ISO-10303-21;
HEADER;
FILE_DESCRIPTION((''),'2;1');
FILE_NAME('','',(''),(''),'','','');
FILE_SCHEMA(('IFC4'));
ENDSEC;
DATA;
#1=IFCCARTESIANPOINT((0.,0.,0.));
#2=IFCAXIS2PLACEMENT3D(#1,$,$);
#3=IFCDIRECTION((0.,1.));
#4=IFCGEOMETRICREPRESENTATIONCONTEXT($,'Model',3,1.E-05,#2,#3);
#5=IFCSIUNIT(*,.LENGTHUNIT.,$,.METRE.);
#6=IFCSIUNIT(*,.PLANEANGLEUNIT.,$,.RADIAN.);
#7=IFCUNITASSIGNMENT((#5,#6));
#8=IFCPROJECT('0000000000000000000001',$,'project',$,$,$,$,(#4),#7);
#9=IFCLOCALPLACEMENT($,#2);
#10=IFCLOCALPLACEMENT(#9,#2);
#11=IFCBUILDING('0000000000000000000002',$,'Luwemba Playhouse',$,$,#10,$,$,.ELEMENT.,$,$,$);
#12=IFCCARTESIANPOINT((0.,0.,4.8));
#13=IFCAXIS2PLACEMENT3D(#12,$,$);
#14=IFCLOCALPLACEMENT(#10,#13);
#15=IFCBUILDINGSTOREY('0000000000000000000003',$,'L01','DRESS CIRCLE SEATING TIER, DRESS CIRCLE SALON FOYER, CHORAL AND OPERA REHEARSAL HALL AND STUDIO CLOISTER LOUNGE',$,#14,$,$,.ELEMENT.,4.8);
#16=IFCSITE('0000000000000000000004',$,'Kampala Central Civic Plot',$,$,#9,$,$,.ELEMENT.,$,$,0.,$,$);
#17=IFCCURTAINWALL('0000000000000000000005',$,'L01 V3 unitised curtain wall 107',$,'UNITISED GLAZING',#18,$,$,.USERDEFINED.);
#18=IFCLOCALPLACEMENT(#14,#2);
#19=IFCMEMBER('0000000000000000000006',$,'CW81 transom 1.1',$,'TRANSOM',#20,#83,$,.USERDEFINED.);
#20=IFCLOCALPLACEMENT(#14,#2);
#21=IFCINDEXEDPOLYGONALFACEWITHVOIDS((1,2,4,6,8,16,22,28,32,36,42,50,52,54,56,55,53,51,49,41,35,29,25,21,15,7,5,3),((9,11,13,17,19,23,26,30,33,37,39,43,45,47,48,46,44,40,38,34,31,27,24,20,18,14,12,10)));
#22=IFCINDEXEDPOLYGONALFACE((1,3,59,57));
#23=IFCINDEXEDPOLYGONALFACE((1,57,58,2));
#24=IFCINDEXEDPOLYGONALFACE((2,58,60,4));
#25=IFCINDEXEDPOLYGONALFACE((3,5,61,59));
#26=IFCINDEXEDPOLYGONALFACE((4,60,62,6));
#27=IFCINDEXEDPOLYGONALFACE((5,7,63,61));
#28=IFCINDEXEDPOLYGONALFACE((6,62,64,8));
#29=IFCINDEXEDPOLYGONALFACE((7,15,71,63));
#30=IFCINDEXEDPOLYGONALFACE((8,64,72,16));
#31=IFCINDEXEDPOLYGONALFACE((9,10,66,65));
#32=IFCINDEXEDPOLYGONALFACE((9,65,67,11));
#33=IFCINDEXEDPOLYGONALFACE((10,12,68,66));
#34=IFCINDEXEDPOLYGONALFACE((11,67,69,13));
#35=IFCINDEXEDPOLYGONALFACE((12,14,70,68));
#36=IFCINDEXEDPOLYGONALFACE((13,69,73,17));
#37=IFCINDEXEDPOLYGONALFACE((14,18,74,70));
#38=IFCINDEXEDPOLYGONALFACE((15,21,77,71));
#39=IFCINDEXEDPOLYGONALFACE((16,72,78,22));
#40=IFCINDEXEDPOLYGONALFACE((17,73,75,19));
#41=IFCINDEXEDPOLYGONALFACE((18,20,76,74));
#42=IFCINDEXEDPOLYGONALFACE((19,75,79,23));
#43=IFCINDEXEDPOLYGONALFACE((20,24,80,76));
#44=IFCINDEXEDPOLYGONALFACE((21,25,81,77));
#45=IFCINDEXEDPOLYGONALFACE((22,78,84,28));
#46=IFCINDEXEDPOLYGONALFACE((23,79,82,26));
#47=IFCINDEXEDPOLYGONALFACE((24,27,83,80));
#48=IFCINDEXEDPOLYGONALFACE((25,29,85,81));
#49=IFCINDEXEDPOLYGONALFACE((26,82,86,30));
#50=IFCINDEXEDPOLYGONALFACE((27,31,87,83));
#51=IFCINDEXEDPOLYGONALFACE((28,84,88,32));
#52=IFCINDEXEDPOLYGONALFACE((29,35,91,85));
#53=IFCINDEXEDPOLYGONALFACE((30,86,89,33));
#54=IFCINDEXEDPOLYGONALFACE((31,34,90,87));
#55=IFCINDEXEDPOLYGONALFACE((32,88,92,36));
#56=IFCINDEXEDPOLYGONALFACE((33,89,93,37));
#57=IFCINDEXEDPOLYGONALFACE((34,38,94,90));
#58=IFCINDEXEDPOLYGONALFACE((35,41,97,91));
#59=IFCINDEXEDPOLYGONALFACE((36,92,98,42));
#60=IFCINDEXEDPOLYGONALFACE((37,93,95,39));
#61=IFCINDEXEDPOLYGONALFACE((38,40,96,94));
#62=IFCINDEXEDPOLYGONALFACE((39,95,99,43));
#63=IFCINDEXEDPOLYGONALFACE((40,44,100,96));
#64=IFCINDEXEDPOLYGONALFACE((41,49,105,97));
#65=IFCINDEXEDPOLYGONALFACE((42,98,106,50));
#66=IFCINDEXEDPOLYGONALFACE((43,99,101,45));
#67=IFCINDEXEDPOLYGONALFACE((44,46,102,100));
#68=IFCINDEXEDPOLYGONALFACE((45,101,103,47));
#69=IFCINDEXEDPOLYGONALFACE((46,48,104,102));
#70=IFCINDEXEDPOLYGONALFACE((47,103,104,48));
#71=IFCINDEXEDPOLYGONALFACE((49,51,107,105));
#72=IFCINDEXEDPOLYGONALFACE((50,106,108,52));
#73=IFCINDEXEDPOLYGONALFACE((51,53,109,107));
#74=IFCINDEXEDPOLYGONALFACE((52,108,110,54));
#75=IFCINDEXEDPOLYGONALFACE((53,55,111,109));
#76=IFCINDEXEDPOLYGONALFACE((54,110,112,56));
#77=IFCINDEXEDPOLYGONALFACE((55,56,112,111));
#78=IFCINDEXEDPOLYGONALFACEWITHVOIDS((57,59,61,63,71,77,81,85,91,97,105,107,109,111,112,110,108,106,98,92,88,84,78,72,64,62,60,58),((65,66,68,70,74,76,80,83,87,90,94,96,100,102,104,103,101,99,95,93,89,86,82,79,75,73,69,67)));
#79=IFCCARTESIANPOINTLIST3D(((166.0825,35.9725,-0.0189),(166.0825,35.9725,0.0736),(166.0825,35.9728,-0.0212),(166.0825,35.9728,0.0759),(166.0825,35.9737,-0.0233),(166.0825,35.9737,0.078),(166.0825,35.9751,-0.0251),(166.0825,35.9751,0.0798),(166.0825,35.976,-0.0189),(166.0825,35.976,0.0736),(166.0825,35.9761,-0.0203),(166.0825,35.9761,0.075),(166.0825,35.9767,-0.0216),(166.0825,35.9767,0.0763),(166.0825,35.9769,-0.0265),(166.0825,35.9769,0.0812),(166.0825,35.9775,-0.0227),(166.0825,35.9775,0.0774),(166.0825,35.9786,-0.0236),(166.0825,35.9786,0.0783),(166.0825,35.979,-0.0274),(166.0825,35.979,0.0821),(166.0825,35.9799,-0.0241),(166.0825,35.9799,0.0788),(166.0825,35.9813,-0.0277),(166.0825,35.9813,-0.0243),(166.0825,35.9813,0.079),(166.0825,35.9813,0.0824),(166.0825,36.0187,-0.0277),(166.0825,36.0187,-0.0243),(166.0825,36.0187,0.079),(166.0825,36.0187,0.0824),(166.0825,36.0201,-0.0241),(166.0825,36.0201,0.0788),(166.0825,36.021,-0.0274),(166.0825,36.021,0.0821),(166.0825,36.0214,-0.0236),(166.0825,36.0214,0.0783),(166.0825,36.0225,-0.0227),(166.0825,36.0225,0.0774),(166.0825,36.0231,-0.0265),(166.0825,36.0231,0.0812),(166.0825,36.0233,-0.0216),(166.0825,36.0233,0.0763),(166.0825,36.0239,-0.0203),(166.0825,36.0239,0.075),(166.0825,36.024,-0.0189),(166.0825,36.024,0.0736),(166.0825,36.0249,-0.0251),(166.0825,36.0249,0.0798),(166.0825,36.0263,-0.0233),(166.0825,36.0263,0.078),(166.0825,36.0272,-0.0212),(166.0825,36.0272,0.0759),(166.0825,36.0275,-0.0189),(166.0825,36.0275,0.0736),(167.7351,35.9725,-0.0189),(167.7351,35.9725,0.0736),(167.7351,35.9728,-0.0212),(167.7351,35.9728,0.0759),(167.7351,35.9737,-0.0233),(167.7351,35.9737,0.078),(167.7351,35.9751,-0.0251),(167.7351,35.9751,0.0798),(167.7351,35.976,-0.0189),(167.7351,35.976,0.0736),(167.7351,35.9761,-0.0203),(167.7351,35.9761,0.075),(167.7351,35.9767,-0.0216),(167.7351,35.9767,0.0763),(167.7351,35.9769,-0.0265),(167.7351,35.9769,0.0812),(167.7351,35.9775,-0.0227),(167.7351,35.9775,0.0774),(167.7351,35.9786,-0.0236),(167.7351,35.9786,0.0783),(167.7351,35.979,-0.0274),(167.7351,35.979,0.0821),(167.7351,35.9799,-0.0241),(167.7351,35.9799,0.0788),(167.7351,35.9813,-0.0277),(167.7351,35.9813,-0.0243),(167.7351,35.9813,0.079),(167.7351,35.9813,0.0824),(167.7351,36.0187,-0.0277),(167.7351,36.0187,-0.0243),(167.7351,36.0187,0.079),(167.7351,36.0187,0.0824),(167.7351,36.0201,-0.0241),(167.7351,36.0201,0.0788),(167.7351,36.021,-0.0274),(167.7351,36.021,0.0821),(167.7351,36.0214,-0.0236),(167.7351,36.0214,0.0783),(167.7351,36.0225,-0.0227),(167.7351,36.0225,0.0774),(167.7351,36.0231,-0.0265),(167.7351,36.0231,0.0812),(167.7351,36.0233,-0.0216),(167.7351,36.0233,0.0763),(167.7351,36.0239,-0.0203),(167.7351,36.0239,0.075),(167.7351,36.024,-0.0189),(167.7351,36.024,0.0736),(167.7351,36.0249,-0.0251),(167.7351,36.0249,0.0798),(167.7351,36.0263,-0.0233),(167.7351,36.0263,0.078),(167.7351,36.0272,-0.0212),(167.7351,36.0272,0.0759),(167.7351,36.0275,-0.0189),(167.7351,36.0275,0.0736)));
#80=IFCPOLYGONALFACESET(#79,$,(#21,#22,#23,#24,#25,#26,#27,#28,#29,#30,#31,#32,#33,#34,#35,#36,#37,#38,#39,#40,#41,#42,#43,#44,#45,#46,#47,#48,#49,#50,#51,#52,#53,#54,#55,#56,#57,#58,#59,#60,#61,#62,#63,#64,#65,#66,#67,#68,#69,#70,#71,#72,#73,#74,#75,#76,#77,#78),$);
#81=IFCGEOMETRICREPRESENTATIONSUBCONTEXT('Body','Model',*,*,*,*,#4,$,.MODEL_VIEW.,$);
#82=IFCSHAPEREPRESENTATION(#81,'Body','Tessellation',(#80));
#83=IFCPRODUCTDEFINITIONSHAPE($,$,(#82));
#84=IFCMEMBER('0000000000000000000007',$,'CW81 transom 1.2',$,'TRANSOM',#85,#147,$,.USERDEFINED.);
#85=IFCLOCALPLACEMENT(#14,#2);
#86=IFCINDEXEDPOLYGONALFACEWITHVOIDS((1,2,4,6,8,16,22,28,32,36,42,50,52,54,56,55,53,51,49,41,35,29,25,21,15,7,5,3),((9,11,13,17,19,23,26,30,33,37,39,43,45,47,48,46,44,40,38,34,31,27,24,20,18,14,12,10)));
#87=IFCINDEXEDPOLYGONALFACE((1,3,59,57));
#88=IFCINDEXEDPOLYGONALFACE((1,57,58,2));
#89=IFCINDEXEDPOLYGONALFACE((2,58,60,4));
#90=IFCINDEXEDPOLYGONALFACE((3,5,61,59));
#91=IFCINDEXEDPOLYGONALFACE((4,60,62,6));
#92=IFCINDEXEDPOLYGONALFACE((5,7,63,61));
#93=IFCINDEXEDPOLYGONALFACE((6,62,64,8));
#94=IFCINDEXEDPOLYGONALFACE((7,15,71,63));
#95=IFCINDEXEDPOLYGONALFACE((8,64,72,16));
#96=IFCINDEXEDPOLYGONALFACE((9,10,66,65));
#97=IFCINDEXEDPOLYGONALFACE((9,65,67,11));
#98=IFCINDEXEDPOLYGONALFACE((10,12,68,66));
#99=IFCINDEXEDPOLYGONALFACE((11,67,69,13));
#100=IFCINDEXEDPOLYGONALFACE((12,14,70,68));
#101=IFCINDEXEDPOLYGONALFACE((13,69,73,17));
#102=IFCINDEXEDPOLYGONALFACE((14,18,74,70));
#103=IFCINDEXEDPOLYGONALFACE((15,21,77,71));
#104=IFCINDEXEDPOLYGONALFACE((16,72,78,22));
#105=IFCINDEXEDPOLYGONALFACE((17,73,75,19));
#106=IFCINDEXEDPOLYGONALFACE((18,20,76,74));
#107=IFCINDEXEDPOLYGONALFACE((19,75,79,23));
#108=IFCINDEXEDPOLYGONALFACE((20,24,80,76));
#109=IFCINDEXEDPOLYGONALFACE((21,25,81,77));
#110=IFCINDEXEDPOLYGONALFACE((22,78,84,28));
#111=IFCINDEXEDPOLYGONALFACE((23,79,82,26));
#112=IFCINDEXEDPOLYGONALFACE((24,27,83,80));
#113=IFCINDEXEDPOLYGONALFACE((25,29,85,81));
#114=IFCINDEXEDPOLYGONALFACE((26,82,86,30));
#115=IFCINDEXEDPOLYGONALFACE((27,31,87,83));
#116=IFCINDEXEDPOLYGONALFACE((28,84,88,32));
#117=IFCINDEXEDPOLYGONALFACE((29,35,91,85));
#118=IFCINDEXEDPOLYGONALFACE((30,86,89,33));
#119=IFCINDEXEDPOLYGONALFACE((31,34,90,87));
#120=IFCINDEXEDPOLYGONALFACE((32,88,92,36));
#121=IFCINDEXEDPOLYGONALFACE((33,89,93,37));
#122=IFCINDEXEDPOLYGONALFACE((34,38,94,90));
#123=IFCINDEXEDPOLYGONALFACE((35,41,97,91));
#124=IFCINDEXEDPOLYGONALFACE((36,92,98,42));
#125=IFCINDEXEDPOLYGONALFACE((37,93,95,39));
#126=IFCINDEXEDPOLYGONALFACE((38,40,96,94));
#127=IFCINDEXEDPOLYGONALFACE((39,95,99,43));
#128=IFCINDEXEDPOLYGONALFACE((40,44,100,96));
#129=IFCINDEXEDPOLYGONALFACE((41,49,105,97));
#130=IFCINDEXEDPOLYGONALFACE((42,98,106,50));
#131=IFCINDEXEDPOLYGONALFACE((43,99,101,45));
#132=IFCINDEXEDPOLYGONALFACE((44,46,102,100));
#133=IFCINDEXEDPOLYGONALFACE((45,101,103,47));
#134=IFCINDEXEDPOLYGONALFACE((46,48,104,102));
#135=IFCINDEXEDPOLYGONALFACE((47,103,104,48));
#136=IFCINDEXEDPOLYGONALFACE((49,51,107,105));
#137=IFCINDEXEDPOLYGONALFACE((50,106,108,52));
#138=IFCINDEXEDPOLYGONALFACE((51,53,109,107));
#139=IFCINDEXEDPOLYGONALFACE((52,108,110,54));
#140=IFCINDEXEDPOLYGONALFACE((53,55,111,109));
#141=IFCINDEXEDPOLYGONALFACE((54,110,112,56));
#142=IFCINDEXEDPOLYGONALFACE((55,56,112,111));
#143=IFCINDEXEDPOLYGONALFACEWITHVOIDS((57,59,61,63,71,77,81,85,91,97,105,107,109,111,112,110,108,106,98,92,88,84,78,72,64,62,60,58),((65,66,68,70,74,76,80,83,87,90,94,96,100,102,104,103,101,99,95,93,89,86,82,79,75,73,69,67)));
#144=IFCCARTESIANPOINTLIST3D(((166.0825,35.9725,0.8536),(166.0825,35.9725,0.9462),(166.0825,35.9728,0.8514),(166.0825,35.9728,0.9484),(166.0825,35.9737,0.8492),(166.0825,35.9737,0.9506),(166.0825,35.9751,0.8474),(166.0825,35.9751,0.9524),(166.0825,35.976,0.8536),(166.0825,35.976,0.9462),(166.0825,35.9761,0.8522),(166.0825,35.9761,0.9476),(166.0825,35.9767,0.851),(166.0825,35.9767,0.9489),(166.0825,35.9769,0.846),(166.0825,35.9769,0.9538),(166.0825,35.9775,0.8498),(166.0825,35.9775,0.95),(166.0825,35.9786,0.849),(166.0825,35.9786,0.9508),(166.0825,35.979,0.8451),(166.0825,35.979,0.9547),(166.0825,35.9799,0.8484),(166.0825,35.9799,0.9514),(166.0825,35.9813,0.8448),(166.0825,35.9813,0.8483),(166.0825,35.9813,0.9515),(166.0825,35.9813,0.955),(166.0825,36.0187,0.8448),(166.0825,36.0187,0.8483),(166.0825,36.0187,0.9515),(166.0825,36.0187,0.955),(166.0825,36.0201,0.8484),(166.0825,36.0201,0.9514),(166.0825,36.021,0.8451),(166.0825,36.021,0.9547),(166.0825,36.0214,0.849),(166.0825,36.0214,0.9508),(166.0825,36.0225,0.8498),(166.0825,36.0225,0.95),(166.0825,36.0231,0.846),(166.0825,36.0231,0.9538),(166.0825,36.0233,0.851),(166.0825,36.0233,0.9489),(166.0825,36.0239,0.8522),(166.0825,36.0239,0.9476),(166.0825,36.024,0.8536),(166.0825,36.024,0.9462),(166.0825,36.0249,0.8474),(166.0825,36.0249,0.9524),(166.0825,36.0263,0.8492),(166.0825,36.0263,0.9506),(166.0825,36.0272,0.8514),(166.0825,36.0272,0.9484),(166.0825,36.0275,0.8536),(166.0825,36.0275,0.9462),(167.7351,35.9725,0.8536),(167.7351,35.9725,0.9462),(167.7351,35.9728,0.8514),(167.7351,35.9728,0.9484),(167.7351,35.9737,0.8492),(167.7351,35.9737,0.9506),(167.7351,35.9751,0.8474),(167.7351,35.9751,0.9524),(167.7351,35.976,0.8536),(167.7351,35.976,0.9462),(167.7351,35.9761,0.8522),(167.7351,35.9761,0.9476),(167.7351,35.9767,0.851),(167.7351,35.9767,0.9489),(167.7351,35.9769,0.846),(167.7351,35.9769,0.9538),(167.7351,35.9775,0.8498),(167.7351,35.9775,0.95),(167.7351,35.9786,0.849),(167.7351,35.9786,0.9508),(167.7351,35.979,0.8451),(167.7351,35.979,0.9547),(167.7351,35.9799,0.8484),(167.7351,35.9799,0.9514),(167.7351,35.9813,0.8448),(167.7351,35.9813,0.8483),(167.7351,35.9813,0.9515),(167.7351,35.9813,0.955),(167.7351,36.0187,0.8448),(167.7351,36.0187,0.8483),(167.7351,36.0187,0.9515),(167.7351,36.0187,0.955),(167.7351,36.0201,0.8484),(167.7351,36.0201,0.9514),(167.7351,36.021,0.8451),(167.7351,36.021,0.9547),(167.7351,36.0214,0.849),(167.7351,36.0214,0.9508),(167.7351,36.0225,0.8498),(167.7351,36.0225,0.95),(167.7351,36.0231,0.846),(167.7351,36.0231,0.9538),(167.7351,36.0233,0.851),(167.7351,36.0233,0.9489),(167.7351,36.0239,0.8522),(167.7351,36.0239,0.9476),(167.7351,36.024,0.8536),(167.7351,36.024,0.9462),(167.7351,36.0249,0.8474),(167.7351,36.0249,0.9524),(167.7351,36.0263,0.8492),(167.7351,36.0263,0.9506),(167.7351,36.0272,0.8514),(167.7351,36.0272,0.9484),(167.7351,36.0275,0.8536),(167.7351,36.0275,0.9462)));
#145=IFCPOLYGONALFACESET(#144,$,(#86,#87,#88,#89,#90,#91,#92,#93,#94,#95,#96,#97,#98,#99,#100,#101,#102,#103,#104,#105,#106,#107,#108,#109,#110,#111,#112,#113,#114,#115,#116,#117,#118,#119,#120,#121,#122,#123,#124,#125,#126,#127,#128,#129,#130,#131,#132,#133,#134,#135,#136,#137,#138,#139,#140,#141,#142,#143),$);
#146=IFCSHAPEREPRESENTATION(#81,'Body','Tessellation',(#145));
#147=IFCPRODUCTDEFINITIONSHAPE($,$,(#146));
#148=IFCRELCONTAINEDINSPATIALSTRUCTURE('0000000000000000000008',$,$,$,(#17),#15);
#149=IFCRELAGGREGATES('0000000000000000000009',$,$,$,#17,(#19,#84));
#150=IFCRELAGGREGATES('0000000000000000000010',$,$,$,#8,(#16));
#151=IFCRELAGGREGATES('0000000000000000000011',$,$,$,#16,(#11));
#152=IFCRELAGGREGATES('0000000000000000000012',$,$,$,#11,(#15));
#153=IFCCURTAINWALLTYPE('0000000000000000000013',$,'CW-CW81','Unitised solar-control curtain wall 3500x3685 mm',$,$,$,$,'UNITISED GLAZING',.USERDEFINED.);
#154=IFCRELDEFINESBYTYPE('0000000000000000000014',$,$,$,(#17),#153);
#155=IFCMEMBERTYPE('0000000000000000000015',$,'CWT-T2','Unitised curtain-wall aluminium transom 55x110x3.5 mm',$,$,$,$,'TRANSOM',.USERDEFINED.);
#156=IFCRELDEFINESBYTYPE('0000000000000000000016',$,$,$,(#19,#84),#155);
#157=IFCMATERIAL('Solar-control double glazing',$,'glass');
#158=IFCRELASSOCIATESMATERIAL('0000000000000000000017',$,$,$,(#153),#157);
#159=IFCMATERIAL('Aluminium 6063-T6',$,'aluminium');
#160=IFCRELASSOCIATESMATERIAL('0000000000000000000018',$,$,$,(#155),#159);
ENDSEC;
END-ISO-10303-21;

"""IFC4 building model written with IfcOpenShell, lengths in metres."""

from ifc_helpers import new_model, si_unit, direction, frame, origin, origin_2d, place, context, subcontext, project, spatial, hollow_rectangle, extrude, material, material_profile, profile_set, type_object, element, aggregate, save


model = new_model("IFC4")

# Units and contexts
model_context = context("Model", 3, precision=1e-05, world=origin(), true_north=direction((0.0, 1.0)))
body_context = subcontext(model_context, "Body", "Model", "MODEL_VIEW")
ifc_project = project(units=[si_unit("LENGTHUNIT", "METRE"), si_unit("PLANEANGLEUNIT", "RADIAN")], contexts=[model_context])

# Site, building, storey
site_placement = place(None, origin())
site = spatial("IfcSite", under=ifc_project, at=site_placement, Name="Kampala Central Civic Plot", CompositionType="ELEMENT", RefElevation=0.0)
building_placement = place(site_placement, origin())
building = spatial("IfcBuilding", under=site, at=building_placement, Name="Luwemba Playhouse", CompositionType="ELEMENT")
storey_placement = place(building_placement, frame((0.0, 0.0, 4.8)))
storey = spatial("IfcBuildingStorey", under=building, at=storey_placement, Name="L01", Description="DRESS CIRCLE SEATING TIER, DRESS CIRCLE SALON FOYER, CHORAL AND OPERA REHEARSAL HALL AND STUDIO CLOISTER LOUNGE", CompositionType="ELEMENT", Elevation=4.8)

# Curtain wall, members
ifc_material_1 = material(Name="Solar-control double glazing", Category="glass")
curtain_wall_type = type_object("IfcCurtainWallType", Name="CW-CW81", Description="Unitised solar-control curtain wall 3500x3685 mm", ElementType="UNITISED GLAZING", PredefinedType="USERDEFINED", material=ifc_material_1)
curtain_wall_placement = place(storey_placement, origin())
curtain_wall = element("IfcCurtainWall", 1, at=curtain_wall_placement, inside=storey, type_object=curtain_wall_type, Name="L01 V3 unitised curtain wall 107", ObjectType="UNITISED GLAZING", PredefinedType="USERDEFINED")
ifc_material_2 = material(Name="Aluminium 6063-T6", Category="aluminium")
ifc_material_profile_1 = material_profile(ifc_material_2, hollow_rectangle(XDim=0.0549, YDim=0.1101, WallThickness=0.0034, InnerFilletRadius=0.0054, OuterFilletRadius=0.0088, at=origin_2d()))
ifc_profile_set_1 = profile_set([ifc_material_profile_1], Name="Aluminium 6063-T6")
member_type_1 = type_object("IfcMemberType", Name="CWT-T2", Description="Unitised curtain-wall aluminium transom 55x110x3.5 mm", ElementType="TRANSOM", PredefinedType="USERDEFINED", material=ifc_profile_set_1)
member_1_placement = place(storey_placement, frame((167.7351, 36.0, 0.0273), z_axis=(-1.0, 0.0, 0.0), x_axis=(0.0, -1.0, 0.0)))
member_1 = element("IfcMember", 2, at=member_1_placement, type_object=member_type_1, Name="CW81 transom 1.1", ObjectType="TRANSOM", PredefinedType="USERDEFINED", context=body_context, shape_type="SweptSolid", body=[
    extrude(hollow_rectangle(XDim=0.0549, YDim=0.1101, WallThickness=0.0034, InnerFilletRadius=0.0054, OuterFilletRadius=0.0088, at=origin_2d()), origin(), (0.0, 0.0, 1.0), 1.6526),
])
member_2_placement = place(storey_placement, frame((167.7351, 36.0, 0.8999), z_axis=(-1.0, 0.0, 0.0), x_axis=(0.0, -1.0, 0.0)))
member_2 = element("IfcMember", 3, at=member_2_placement, type_object=member_type_1, Name="CW81 transom 1.2", ObjectType="TRANSOM", PredefinedType="USERDEFINED", context=body_context, shape_type="SweptSolid", body=[
    extrude(hollow_rectangle(XDim=0.0549, YDim=0.1101, WallThickness=0.0034, InnerFilletRadius=0.0054, OuterFilletRadius=0.0088, at=origin_2d()), origin(), (0.0, 0.0, 1.0), 1.6526),
])

aggregate(curtain_wall, [member_1, member_2])

save(model, "model.ifc")
